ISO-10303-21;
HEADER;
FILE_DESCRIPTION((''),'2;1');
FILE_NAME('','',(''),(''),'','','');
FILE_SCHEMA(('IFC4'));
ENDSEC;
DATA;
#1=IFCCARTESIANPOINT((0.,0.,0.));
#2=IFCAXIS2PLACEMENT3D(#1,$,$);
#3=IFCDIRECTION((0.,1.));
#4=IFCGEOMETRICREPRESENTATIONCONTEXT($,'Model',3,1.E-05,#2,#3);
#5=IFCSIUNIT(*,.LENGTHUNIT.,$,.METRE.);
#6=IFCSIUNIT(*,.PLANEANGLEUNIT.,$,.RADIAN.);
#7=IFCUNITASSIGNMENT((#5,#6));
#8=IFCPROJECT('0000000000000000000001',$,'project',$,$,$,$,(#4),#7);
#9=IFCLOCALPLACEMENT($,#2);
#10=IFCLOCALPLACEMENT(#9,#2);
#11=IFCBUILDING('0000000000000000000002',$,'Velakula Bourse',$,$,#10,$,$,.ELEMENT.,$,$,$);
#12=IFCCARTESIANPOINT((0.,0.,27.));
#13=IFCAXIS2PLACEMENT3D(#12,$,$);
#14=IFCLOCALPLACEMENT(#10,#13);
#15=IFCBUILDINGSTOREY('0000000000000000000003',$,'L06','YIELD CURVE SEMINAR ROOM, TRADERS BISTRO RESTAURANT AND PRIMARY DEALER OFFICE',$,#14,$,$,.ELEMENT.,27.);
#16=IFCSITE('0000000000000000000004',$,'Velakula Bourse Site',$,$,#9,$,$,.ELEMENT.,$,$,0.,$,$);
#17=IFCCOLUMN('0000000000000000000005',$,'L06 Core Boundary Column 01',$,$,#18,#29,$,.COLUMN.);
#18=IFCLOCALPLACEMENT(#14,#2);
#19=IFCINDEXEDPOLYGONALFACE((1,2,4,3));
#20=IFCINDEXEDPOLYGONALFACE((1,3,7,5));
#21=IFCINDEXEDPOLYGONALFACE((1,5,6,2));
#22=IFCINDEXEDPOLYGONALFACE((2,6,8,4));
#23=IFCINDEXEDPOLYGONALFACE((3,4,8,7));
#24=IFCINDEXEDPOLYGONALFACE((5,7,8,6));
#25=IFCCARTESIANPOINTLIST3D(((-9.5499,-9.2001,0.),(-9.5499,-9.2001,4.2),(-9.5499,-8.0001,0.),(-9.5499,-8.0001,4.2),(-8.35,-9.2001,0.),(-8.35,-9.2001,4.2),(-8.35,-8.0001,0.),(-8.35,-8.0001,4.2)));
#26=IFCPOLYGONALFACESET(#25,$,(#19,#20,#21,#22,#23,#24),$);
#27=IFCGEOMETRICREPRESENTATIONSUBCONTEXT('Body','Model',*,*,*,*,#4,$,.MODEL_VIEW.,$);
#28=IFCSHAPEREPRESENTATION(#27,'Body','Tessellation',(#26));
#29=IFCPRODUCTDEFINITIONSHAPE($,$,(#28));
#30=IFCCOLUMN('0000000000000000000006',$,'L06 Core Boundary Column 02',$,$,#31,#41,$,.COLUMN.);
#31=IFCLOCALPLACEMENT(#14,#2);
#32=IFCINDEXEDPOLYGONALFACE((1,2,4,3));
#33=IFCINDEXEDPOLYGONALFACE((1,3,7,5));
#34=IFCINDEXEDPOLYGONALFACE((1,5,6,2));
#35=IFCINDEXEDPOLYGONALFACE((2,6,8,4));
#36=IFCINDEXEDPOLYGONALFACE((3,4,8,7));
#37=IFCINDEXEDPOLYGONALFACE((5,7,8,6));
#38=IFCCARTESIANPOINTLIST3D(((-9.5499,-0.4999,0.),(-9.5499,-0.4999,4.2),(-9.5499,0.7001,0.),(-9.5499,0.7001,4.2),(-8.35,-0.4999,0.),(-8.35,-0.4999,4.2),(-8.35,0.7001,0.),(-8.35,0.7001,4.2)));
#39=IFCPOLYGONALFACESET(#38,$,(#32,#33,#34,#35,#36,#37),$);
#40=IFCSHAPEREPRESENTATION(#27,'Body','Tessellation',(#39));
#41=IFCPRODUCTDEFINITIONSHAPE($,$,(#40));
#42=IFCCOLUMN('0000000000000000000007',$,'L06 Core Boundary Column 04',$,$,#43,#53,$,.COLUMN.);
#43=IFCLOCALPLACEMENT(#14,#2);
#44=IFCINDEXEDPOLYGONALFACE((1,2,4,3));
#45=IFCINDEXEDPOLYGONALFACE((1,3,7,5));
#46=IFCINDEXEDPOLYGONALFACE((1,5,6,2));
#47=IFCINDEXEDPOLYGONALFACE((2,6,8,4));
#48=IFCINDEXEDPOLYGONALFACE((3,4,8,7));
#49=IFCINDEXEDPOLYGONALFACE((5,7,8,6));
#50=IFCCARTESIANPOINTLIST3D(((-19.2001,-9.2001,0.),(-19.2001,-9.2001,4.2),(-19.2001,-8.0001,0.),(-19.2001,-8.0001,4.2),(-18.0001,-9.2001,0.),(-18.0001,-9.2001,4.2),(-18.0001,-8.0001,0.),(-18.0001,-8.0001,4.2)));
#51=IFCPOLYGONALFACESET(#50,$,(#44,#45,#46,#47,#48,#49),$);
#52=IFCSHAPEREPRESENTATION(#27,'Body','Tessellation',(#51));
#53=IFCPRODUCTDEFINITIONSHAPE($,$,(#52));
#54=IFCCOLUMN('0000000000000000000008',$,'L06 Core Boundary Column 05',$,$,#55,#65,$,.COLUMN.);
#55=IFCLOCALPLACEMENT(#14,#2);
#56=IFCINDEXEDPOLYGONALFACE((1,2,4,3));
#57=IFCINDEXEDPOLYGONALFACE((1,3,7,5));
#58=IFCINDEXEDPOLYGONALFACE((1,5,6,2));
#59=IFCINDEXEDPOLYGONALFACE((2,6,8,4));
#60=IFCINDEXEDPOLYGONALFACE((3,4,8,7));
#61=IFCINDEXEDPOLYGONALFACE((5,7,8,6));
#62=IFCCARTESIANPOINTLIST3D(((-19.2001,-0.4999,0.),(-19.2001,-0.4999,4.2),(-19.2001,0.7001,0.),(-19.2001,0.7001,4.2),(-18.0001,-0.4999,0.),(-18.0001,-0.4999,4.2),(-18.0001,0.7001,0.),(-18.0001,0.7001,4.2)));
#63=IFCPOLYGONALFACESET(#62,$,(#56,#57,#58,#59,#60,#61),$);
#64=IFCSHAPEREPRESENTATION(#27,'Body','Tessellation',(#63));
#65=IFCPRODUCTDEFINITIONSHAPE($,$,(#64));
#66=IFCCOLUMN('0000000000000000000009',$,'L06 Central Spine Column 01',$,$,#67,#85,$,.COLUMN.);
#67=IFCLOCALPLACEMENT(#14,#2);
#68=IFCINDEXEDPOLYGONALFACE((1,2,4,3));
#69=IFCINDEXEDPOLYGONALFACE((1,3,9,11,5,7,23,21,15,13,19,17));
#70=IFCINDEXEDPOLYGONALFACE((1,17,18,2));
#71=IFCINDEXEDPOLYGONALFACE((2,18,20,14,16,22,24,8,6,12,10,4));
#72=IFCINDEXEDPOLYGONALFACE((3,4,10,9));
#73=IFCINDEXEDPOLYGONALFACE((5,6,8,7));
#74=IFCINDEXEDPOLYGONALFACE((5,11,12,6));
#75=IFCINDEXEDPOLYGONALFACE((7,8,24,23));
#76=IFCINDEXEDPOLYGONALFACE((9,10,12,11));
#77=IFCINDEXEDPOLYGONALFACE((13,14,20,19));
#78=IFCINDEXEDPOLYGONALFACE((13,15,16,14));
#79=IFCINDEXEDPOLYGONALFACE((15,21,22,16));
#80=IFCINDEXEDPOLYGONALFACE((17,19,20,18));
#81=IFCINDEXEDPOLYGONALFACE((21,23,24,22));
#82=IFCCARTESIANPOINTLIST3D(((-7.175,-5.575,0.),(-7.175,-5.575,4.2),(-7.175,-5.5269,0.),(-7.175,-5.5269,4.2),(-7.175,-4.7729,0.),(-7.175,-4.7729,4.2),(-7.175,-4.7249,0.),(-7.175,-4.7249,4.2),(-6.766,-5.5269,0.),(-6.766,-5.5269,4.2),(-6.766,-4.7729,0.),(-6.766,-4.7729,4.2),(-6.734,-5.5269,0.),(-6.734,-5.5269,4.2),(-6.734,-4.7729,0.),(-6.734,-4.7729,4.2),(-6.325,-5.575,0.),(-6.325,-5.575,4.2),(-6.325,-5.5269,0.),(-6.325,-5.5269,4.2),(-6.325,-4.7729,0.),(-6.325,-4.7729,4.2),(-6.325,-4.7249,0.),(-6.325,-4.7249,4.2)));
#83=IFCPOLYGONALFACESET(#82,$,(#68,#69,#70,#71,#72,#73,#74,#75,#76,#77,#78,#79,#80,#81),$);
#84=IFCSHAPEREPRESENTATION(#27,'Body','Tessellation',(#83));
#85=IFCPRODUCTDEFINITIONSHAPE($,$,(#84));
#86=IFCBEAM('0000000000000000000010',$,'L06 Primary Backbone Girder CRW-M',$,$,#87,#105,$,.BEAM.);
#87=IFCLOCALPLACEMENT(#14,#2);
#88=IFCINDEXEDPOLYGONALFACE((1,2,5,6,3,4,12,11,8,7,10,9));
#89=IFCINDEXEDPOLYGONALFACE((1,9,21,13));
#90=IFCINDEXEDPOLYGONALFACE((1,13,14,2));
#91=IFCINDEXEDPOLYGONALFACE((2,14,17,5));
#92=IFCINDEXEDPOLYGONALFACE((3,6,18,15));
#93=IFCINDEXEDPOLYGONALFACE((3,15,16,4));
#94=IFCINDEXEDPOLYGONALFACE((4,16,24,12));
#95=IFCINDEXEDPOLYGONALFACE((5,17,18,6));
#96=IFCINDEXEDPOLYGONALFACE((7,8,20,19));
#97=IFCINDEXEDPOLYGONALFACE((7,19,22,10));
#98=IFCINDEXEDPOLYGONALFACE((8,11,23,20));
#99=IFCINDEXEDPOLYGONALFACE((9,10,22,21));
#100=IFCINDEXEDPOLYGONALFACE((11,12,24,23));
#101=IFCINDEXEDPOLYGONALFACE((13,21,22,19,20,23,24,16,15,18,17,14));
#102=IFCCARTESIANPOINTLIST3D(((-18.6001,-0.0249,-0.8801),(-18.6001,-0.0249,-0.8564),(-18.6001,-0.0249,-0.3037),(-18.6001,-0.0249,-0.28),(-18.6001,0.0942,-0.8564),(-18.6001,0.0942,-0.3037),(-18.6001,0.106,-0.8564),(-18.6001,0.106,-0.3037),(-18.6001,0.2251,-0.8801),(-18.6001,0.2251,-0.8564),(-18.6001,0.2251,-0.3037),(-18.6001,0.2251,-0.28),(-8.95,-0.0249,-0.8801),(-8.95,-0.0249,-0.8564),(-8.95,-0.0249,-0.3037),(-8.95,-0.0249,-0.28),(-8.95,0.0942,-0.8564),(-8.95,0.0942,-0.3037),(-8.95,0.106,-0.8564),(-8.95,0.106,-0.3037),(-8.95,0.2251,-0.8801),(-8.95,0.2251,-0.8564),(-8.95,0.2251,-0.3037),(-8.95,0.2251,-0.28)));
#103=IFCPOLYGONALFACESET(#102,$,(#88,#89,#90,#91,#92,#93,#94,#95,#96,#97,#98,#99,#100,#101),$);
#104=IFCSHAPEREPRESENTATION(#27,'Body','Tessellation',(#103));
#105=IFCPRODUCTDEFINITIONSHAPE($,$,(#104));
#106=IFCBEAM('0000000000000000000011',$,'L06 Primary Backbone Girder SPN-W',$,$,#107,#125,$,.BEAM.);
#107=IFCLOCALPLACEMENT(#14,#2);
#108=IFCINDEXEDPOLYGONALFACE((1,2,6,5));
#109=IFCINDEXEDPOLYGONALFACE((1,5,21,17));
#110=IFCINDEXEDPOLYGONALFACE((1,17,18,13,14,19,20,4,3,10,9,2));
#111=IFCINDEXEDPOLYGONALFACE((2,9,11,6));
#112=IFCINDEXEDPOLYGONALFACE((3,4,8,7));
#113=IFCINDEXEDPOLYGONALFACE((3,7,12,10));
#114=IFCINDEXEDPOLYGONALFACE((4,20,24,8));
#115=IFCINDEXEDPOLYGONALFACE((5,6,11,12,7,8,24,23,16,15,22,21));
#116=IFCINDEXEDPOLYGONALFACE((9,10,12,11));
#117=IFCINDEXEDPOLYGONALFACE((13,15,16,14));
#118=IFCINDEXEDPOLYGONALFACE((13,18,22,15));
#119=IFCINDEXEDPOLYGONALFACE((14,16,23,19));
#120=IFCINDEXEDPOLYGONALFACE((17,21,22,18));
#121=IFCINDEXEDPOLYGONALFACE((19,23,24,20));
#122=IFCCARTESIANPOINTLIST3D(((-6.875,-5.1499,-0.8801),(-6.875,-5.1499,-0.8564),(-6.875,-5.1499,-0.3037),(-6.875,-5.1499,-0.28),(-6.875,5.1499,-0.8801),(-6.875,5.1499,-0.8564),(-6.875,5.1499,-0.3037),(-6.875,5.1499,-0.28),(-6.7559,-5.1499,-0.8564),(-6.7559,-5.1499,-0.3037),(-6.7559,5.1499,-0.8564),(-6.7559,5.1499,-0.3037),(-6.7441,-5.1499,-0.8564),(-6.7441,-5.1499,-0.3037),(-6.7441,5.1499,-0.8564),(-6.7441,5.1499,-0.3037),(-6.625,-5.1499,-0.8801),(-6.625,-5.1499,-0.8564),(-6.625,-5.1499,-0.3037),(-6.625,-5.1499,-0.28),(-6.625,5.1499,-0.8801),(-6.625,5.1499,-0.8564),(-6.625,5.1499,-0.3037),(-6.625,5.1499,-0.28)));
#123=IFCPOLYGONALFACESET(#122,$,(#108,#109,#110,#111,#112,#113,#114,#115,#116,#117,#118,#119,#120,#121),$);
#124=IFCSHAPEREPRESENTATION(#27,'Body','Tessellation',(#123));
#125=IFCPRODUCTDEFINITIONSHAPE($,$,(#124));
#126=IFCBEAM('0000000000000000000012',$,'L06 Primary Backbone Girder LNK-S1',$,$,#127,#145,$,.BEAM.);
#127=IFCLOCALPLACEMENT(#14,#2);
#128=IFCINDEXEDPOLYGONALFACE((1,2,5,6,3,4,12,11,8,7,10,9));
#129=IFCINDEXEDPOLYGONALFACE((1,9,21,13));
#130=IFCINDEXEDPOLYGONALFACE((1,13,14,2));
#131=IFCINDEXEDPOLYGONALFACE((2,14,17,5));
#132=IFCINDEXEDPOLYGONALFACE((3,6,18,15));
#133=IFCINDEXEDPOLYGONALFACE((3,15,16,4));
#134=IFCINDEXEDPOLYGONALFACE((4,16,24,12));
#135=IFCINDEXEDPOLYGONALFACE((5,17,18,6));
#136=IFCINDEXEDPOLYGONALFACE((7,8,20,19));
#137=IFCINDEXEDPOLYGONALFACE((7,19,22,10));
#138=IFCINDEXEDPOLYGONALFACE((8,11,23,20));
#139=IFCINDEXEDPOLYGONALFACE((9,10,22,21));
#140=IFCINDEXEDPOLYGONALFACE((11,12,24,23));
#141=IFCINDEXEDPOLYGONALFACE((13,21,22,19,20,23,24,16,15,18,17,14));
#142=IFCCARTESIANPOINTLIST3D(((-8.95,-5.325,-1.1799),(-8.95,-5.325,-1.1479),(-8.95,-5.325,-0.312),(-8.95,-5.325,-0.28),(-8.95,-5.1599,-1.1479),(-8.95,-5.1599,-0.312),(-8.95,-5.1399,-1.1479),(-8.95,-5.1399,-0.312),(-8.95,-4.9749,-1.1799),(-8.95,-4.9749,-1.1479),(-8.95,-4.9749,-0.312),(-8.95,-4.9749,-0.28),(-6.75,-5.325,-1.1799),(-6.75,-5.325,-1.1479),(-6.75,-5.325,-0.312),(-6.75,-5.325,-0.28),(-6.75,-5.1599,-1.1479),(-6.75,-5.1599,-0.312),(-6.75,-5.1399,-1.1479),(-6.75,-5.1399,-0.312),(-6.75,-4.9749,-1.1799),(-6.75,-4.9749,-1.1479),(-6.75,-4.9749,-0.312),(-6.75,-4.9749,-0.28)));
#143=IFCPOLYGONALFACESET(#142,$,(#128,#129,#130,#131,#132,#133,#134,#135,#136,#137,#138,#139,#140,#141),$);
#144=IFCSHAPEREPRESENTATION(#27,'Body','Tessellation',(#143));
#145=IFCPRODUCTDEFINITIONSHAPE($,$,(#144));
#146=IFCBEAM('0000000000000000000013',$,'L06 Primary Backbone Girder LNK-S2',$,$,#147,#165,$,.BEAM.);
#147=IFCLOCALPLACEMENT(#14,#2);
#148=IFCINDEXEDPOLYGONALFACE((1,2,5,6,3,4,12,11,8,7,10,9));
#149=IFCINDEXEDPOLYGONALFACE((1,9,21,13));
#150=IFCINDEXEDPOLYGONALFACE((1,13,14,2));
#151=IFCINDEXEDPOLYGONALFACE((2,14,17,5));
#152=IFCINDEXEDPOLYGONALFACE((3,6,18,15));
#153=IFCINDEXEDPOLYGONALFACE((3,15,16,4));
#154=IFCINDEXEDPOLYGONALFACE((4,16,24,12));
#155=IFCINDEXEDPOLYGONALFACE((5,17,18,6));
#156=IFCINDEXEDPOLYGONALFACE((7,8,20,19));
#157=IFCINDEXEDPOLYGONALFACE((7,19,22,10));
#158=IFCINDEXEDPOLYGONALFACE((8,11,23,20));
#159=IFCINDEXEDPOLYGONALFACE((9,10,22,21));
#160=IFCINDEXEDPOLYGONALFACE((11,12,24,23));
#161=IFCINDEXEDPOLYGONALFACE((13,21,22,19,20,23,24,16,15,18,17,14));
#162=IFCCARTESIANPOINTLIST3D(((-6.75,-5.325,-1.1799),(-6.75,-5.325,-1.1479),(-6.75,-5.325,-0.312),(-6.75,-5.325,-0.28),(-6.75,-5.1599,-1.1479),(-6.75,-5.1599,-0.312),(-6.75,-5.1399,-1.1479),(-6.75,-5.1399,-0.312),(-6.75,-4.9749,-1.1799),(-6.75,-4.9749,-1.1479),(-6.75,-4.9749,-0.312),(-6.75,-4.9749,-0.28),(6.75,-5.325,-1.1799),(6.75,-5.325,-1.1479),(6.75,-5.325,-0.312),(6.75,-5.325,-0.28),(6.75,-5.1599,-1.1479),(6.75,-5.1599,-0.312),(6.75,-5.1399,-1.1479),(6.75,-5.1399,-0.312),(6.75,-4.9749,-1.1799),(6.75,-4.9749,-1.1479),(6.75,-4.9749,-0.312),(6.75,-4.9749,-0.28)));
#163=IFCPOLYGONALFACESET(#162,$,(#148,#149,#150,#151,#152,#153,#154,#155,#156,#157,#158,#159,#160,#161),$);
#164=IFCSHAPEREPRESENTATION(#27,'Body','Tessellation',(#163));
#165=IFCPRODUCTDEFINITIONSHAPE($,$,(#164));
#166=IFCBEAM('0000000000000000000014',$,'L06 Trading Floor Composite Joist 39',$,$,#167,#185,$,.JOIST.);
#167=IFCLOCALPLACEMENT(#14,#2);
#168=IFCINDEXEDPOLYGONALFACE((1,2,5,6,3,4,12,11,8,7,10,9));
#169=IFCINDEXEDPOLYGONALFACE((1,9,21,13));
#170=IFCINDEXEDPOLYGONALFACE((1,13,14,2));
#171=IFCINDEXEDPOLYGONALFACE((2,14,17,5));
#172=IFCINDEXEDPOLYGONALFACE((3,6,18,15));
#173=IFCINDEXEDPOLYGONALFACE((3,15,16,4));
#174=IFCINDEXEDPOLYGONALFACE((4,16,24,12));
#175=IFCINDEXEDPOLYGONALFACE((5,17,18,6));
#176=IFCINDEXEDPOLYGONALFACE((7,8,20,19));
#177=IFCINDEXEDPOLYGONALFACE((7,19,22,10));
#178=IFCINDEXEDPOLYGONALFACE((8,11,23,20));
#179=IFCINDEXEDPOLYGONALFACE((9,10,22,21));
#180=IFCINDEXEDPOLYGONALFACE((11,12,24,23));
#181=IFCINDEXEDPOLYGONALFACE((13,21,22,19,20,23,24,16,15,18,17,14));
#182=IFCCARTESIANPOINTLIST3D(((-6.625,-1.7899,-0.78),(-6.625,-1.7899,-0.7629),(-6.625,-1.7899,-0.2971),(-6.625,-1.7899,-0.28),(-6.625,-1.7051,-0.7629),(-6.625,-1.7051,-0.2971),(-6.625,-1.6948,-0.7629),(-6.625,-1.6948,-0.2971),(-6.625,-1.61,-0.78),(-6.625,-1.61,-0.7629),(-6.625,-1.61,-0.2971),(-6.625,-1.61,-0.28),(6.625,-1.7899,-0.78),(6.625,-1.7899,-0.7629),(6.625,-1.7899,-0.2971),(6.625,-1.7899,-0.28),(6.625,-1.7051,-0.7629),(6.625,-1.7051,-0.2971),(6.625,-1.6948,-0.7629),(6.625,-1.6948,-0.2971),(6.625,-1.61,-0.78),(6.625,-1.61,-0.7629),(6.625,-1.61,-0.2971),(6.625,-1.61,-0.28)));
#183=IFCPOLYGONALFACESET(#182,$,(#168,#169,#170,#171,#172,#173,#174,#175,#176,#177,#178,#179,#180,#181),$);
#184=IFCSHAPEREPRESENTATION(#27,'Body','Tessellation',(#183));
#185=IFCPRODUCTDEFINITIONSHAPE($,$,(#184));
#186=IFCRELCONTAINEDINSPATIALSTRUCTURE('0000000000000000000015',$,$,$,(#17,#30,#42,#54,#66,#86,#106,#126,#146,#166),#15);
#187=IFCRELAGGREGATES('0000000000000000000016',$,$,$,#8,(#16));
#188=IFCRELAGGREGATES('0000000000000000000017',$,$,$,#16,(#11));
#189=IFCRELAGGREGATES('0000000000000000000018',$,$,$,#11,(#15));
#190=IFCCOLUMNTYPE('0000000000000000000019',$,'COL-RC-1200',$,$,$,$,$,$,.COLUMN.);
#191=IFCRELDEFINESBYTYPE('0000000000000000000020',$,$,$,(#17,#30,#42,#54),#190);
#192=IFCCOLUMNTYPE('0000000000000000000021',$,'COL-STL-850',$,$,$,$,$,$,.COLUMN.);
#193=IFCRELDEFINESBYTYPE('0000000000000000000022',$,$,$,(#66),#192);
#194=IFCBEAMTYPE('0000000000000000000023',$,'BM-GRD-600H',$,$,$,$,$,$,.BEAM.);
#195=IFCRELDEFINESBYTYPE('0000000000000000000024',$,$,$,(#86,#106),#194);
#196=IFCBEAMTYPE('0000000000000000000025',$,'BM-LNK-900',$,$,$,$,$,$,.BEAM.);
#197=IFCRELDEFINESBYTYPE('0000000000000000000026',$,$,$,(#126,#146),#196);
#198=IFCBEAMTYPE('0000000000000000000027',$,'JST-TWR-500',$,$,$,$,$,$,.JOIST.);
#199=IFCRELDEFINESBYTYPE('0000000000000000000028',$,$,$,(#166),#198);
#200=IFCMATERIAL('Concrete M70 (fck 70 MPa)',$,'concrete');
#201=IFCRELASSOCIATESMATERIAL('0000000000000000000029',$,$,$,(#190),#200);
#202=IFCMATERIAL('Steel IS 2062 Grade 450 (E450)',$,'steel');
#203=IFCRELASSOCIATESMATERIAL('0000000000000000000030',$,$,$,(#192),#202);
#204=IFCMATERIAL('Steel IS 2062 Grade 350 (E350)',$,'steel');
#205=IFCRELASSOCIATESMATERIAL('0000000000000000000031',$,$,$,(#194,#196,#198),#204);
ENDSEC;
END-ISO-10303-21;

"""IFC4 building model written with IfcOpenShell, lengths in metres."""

from ifc_helpers import new_model, si_unit, direction, frame, origin, origin_2d, place, context, subcontext, project, spatial, rectangle, i_section, extrude, material, material_profile, profile_set, type_object, element, save


model = new_model("IFC4")

# Units and contexts
model_context = context("Model", 3, precision=1e-05, world=origin(), true_north=direction((0.0, 1.0)))
body_context = subcontext(model_context, "Body", "Model", "MODEL_VIEW")
ifc_project = project(units=[si_unit("LENGTHUNIT", "METRE"), si_unit("PLANEANGLEUNIT", "RADIAN")], contexts=[model_context])

# Site, building, storey
site_placement = place(None, origin())
site = spatial("IfcSite", under=ifc_project, at=site_placement, Name="Velakula Bourse Site", CompositionType="ELEMENT", RefElevation=0.0)
building_placement = place(site_placement, origin())
building = spatial("IfcBuilding", under=site, at=building_placement, Name="Velakula Bourse", CompositionType="ELEMENT")
storey_placement = place(building_placement, frame((0.0, 0.0, 27.0)))
storey = spatial("IfcBuildingStorey", under=building, at=storey_placement, Name="L06", Description="YIELD CURVE SEMINAR ROOM, TRADERS BISTRO RESTAURANT AND PRIMARY DEALER OFFICE", CompositionType="ELEMENT", Elevation=27.0)

# Columns
ifc_material_1 = material(Name="Concrete M70 (fck 70 MPa)", Category="concrete")
ifc_material_profile_1 = material_profile(ifc_material_1, rectangle(XDim=1.2, YDim=1.2, at=origin_2d()), Name="Concrete M70 (fck 70 MPa)")
ifc_profile_set_1 = profile_set([ifc_material_profile_1], Name="Concrete M70 (fck 70 MPa)")
column_type_1 = type_object("IfcColumnType", Name="COL-RC-1200", PredefinedType="COLUMN", material=ifc_profile_set_1)
for number, where, z_axis, x_axis, name in (
    (1, (-8.95, -8.6001, 0.0), (0.0, 0.0, 1.0), (1.0, 0.0, 0.0), "L06 Core Boundary Column 01"),
    (2, (-8.95, 0.1001, 0.0), (0.0, 0.0, 1.0), (1.0, 0.0, 0.0), "L06 Core Boundary Column 02"),
    (3, (-18.6001, -8.6001, 0.0), (0.0, 0.0, 1.0), (1.0, 0.0, 0.0), "L06 Core Boundary Column 04"),
    (4, (-18.6001, 0.1001, 0.0), (0.0, 0.0, 1.0), (1.0, 0.0, 0.0), "L06 Core Boundary Column 05"),
):
    element("IfcColumn", number, at=place(storey_placement, frame(where, z_axis=z_axis, x_axis=x_axis)), inside=storey, type_object=column_type_1, Name=name, PredefinedType="COLUMN", context=body_context, shape_type="SweptSolid", body=[
        extrude(rectangle(XDim=1.2, YDim=1.2, at=origin_2d()), origin(), (0.0, 0.0, 1.0), 4.2),
    ])
ifc_material_2 = material(Name="Steel IS 2062 Grade 450 (E450)", Category="steel")
ifc_material_profile_2 = material_profile(ifc_material_2, i_section(OverallWidth=0.8501, OverallDepth=0.8501, WebThickness=0.032, FlangeThickness=0.0481, at=origin_2d()), Name="Steel IS 2062 Grade 450 (E450)")
ifc_profile_set_2 = profile_set([ifc_material_profile_2], Name="Steel IS 2062 Grade 450 (E450)")
column_type_2 = type_object("IfcColumnType", Name="COL-STL-850", PredefinedType="COLUMN", material=ifc_profile_set_2)
column_placement = place(storey_placement, frame((-6.75, -5.1499, 0.0), z_axis=(0.0, 0.0, 1.0), x_axis=(1.0, 0.0, 0.0)))
element("IfcColumn", 5, at=column_placement, inside=storey, type_object=column_type_2, Name="L06 Central Spine Column 01", PredefinedType="COLUMN", context=body_context, shape_type="SweptSolid", body=[
    extrude(i_section(OverallWidth=0.8501, OverallDepth=0.8501, WebThickness=0.032, FlangeThickness=0.0481, at=origin_2d()), origin(), (0.0, 0.0, 1.0), 4.2),
])

# Beams
ifc_material_3 = material(Name="Steel IS 2062 Grade 350 (E350)", Category="steel")
ifc_material_profile_3 = material_profile(ifc_material_3, i_section(OverallWidth=0.25, OverallDepth=0.6001, WebThickness=0.0117, FlangeThickness=0.0237, at=origin_2d()), Name="Steel IS 2062 Grade 350 (E350)")
ifc_profile_set_3 = profile_set([ifc_material_profile_3], Name="Steel IS 2062 Grade 350 (E350)")
beam_type_1 = type_object("IfcBeamType", Name="BM-GRD-600H", PredefinedType="BEAM", material=ifc_profile_set_3)
beam_1_placement = place(storey_placement, frame((-18.6001, 0.1001, -0.5801), z_axis=(1.0, 0.0, 0.0), x_axis=(0.0, 1.0, 0.0)))
element("IfcBeam", 6, at=beam_1_placement, inside=storey, type_object=beam_type_1, Name="L06 Primary Backbone Girder CRW-M", PredefinedType="BEAM", context=body_context, shape_type="SweptSolid", body=[
    extrude(i_section(OverallWidth=0.25, OverallDepth=0.6001, WebThickness=0.0117, FlangeThickness=0.0237, at=origin_2d()), origin(), (0.0, 0.0, 1.0), 9.6501),
])
beam_2_placement = place(storey_placement, frame((-6.75, -5.1499, -0.5801), z_axis=(0.0, 1.0, 0.0), x_axis=(-1.0, 0.0, 0.0)))
element("IfcBeam", 7, at=beam_2_placement, inside=storey, type_object=beam_type_1, Name="L06 Primary Backbone Girder SPN-W", PredefinedType="BEAM", context=body_context, shape_type="SweptSolid", body=[
    extrude(i_section(OverallWidth=0.25, OverallDepth=0.6001, WebThickness=0.0117, FlangeThickness=0.0237, at=origin_2d()), origin(), (0.0, 0.0, 1.0), 10.2998),
])
ifc_material_profile_4 = material_profile(ifc_material_3, i_section(OverallWidth=0.3501, OverallDepth=0.8999, WebThickness=0.02, FlangeThickness=0.032, at=origin_2d()), Name="Steel IS 2062 Grade 350 (E350)")
ifc_profile_set_4 = profile_set([ifc_material_profile_4], Name="Steel IS 2062 Grade 350 (E350)")
beam_type_2 = type_object("IfcBeamType", Name="BM-LNK-900", PredefinedType="BEAM", material=ifc_profile_set_4)
beam_3_placement = place(storey_placement, frame((-8.95, -5.1499, -0.73), z_axis=(1.0, 0.0, 0.0), x_axis=(0.0, 1.0, 0.0)))
element("IfcBeam", 8, at=beam_3_placement, inside=storey, type_object=beam_type_2, Name="L06 Primary Backbone Girder LNK-S1", PredefinedType="BEAM", context=body_context, shape_type="SweptSolid", body=[
    extrude(i_section(OverallWidth=0.3501, OverallDepth=0.8999, WebThickness=0.02, FlangeThickness=0.032, at=origin_2d()), origin(), (0.0, 0.0, 1.0), 2.2),
])
beam_4_placement = place(storey_placement, frame((-6.75, -5.1499, -0.73), z_axis=(1.0, 0.0, 0.0), x_axis=(0.0, 1.0, 0.0)))
element("IfcBeam", 9, at=beam_4_placement, inside=storey, type_object=beam_type_2, Name="L06 Primary Backbone Girder LNK-S2", PredefinedType="BEAM", context=body_context, shape_type="SweptSolid", body=[
    extrude(i_section(OverallWidth=0.3501, OverallDepth=0.8999, WebThickness=0.02, FlangeThickness=0.032, at=origin_2d()), origin(), (0.0, 0.0, 1.0), 13.5),
])
ifc_material_profile_5 = material_profile(ifc_material_3, i_section(OverallWidth=0.1799, OverallDepth=0.5, WebThickness=0.0103, FlangeThickness=0.0171, at=origin_2d()), Name="Steel IS 2062 Grade 350 (E350)")
ifc_profile_set_5 = profile_set([ifc_material_profile_5], Name="Steel IS 2062 Grade 350 (E350)")
beam_type_3 = type_object("IfcBeamType", Name="JST-TWR-500", PredefinedType="JOIST", material=ifc_profile_set_5)
beam_5_placement = place(storey_placement, frame((-6.625, -1.7, -0.53), z_axis=(1.0, 0.0, 0.0), x_axis=(0.0, 1.0, 0.0)))
element("IfcBeam", 10, at=beam_5_placement, inside=storey, type_object=beam_type_3, Name="L06 Trading Floor Composite Joist 39", PredefinedType="JOIST", context=body_context, shape_type="SweptSolid", body=[
    extrude(i_section(OverallWidth=0.1799, OverallDepth=0.5, WebThickness=0.0103, FlangeThickness=0.0171, at=origin_2d()), origin(), (0.0, 0.0, 1.0), 13.25),
])

save(model, "model.ifc")
